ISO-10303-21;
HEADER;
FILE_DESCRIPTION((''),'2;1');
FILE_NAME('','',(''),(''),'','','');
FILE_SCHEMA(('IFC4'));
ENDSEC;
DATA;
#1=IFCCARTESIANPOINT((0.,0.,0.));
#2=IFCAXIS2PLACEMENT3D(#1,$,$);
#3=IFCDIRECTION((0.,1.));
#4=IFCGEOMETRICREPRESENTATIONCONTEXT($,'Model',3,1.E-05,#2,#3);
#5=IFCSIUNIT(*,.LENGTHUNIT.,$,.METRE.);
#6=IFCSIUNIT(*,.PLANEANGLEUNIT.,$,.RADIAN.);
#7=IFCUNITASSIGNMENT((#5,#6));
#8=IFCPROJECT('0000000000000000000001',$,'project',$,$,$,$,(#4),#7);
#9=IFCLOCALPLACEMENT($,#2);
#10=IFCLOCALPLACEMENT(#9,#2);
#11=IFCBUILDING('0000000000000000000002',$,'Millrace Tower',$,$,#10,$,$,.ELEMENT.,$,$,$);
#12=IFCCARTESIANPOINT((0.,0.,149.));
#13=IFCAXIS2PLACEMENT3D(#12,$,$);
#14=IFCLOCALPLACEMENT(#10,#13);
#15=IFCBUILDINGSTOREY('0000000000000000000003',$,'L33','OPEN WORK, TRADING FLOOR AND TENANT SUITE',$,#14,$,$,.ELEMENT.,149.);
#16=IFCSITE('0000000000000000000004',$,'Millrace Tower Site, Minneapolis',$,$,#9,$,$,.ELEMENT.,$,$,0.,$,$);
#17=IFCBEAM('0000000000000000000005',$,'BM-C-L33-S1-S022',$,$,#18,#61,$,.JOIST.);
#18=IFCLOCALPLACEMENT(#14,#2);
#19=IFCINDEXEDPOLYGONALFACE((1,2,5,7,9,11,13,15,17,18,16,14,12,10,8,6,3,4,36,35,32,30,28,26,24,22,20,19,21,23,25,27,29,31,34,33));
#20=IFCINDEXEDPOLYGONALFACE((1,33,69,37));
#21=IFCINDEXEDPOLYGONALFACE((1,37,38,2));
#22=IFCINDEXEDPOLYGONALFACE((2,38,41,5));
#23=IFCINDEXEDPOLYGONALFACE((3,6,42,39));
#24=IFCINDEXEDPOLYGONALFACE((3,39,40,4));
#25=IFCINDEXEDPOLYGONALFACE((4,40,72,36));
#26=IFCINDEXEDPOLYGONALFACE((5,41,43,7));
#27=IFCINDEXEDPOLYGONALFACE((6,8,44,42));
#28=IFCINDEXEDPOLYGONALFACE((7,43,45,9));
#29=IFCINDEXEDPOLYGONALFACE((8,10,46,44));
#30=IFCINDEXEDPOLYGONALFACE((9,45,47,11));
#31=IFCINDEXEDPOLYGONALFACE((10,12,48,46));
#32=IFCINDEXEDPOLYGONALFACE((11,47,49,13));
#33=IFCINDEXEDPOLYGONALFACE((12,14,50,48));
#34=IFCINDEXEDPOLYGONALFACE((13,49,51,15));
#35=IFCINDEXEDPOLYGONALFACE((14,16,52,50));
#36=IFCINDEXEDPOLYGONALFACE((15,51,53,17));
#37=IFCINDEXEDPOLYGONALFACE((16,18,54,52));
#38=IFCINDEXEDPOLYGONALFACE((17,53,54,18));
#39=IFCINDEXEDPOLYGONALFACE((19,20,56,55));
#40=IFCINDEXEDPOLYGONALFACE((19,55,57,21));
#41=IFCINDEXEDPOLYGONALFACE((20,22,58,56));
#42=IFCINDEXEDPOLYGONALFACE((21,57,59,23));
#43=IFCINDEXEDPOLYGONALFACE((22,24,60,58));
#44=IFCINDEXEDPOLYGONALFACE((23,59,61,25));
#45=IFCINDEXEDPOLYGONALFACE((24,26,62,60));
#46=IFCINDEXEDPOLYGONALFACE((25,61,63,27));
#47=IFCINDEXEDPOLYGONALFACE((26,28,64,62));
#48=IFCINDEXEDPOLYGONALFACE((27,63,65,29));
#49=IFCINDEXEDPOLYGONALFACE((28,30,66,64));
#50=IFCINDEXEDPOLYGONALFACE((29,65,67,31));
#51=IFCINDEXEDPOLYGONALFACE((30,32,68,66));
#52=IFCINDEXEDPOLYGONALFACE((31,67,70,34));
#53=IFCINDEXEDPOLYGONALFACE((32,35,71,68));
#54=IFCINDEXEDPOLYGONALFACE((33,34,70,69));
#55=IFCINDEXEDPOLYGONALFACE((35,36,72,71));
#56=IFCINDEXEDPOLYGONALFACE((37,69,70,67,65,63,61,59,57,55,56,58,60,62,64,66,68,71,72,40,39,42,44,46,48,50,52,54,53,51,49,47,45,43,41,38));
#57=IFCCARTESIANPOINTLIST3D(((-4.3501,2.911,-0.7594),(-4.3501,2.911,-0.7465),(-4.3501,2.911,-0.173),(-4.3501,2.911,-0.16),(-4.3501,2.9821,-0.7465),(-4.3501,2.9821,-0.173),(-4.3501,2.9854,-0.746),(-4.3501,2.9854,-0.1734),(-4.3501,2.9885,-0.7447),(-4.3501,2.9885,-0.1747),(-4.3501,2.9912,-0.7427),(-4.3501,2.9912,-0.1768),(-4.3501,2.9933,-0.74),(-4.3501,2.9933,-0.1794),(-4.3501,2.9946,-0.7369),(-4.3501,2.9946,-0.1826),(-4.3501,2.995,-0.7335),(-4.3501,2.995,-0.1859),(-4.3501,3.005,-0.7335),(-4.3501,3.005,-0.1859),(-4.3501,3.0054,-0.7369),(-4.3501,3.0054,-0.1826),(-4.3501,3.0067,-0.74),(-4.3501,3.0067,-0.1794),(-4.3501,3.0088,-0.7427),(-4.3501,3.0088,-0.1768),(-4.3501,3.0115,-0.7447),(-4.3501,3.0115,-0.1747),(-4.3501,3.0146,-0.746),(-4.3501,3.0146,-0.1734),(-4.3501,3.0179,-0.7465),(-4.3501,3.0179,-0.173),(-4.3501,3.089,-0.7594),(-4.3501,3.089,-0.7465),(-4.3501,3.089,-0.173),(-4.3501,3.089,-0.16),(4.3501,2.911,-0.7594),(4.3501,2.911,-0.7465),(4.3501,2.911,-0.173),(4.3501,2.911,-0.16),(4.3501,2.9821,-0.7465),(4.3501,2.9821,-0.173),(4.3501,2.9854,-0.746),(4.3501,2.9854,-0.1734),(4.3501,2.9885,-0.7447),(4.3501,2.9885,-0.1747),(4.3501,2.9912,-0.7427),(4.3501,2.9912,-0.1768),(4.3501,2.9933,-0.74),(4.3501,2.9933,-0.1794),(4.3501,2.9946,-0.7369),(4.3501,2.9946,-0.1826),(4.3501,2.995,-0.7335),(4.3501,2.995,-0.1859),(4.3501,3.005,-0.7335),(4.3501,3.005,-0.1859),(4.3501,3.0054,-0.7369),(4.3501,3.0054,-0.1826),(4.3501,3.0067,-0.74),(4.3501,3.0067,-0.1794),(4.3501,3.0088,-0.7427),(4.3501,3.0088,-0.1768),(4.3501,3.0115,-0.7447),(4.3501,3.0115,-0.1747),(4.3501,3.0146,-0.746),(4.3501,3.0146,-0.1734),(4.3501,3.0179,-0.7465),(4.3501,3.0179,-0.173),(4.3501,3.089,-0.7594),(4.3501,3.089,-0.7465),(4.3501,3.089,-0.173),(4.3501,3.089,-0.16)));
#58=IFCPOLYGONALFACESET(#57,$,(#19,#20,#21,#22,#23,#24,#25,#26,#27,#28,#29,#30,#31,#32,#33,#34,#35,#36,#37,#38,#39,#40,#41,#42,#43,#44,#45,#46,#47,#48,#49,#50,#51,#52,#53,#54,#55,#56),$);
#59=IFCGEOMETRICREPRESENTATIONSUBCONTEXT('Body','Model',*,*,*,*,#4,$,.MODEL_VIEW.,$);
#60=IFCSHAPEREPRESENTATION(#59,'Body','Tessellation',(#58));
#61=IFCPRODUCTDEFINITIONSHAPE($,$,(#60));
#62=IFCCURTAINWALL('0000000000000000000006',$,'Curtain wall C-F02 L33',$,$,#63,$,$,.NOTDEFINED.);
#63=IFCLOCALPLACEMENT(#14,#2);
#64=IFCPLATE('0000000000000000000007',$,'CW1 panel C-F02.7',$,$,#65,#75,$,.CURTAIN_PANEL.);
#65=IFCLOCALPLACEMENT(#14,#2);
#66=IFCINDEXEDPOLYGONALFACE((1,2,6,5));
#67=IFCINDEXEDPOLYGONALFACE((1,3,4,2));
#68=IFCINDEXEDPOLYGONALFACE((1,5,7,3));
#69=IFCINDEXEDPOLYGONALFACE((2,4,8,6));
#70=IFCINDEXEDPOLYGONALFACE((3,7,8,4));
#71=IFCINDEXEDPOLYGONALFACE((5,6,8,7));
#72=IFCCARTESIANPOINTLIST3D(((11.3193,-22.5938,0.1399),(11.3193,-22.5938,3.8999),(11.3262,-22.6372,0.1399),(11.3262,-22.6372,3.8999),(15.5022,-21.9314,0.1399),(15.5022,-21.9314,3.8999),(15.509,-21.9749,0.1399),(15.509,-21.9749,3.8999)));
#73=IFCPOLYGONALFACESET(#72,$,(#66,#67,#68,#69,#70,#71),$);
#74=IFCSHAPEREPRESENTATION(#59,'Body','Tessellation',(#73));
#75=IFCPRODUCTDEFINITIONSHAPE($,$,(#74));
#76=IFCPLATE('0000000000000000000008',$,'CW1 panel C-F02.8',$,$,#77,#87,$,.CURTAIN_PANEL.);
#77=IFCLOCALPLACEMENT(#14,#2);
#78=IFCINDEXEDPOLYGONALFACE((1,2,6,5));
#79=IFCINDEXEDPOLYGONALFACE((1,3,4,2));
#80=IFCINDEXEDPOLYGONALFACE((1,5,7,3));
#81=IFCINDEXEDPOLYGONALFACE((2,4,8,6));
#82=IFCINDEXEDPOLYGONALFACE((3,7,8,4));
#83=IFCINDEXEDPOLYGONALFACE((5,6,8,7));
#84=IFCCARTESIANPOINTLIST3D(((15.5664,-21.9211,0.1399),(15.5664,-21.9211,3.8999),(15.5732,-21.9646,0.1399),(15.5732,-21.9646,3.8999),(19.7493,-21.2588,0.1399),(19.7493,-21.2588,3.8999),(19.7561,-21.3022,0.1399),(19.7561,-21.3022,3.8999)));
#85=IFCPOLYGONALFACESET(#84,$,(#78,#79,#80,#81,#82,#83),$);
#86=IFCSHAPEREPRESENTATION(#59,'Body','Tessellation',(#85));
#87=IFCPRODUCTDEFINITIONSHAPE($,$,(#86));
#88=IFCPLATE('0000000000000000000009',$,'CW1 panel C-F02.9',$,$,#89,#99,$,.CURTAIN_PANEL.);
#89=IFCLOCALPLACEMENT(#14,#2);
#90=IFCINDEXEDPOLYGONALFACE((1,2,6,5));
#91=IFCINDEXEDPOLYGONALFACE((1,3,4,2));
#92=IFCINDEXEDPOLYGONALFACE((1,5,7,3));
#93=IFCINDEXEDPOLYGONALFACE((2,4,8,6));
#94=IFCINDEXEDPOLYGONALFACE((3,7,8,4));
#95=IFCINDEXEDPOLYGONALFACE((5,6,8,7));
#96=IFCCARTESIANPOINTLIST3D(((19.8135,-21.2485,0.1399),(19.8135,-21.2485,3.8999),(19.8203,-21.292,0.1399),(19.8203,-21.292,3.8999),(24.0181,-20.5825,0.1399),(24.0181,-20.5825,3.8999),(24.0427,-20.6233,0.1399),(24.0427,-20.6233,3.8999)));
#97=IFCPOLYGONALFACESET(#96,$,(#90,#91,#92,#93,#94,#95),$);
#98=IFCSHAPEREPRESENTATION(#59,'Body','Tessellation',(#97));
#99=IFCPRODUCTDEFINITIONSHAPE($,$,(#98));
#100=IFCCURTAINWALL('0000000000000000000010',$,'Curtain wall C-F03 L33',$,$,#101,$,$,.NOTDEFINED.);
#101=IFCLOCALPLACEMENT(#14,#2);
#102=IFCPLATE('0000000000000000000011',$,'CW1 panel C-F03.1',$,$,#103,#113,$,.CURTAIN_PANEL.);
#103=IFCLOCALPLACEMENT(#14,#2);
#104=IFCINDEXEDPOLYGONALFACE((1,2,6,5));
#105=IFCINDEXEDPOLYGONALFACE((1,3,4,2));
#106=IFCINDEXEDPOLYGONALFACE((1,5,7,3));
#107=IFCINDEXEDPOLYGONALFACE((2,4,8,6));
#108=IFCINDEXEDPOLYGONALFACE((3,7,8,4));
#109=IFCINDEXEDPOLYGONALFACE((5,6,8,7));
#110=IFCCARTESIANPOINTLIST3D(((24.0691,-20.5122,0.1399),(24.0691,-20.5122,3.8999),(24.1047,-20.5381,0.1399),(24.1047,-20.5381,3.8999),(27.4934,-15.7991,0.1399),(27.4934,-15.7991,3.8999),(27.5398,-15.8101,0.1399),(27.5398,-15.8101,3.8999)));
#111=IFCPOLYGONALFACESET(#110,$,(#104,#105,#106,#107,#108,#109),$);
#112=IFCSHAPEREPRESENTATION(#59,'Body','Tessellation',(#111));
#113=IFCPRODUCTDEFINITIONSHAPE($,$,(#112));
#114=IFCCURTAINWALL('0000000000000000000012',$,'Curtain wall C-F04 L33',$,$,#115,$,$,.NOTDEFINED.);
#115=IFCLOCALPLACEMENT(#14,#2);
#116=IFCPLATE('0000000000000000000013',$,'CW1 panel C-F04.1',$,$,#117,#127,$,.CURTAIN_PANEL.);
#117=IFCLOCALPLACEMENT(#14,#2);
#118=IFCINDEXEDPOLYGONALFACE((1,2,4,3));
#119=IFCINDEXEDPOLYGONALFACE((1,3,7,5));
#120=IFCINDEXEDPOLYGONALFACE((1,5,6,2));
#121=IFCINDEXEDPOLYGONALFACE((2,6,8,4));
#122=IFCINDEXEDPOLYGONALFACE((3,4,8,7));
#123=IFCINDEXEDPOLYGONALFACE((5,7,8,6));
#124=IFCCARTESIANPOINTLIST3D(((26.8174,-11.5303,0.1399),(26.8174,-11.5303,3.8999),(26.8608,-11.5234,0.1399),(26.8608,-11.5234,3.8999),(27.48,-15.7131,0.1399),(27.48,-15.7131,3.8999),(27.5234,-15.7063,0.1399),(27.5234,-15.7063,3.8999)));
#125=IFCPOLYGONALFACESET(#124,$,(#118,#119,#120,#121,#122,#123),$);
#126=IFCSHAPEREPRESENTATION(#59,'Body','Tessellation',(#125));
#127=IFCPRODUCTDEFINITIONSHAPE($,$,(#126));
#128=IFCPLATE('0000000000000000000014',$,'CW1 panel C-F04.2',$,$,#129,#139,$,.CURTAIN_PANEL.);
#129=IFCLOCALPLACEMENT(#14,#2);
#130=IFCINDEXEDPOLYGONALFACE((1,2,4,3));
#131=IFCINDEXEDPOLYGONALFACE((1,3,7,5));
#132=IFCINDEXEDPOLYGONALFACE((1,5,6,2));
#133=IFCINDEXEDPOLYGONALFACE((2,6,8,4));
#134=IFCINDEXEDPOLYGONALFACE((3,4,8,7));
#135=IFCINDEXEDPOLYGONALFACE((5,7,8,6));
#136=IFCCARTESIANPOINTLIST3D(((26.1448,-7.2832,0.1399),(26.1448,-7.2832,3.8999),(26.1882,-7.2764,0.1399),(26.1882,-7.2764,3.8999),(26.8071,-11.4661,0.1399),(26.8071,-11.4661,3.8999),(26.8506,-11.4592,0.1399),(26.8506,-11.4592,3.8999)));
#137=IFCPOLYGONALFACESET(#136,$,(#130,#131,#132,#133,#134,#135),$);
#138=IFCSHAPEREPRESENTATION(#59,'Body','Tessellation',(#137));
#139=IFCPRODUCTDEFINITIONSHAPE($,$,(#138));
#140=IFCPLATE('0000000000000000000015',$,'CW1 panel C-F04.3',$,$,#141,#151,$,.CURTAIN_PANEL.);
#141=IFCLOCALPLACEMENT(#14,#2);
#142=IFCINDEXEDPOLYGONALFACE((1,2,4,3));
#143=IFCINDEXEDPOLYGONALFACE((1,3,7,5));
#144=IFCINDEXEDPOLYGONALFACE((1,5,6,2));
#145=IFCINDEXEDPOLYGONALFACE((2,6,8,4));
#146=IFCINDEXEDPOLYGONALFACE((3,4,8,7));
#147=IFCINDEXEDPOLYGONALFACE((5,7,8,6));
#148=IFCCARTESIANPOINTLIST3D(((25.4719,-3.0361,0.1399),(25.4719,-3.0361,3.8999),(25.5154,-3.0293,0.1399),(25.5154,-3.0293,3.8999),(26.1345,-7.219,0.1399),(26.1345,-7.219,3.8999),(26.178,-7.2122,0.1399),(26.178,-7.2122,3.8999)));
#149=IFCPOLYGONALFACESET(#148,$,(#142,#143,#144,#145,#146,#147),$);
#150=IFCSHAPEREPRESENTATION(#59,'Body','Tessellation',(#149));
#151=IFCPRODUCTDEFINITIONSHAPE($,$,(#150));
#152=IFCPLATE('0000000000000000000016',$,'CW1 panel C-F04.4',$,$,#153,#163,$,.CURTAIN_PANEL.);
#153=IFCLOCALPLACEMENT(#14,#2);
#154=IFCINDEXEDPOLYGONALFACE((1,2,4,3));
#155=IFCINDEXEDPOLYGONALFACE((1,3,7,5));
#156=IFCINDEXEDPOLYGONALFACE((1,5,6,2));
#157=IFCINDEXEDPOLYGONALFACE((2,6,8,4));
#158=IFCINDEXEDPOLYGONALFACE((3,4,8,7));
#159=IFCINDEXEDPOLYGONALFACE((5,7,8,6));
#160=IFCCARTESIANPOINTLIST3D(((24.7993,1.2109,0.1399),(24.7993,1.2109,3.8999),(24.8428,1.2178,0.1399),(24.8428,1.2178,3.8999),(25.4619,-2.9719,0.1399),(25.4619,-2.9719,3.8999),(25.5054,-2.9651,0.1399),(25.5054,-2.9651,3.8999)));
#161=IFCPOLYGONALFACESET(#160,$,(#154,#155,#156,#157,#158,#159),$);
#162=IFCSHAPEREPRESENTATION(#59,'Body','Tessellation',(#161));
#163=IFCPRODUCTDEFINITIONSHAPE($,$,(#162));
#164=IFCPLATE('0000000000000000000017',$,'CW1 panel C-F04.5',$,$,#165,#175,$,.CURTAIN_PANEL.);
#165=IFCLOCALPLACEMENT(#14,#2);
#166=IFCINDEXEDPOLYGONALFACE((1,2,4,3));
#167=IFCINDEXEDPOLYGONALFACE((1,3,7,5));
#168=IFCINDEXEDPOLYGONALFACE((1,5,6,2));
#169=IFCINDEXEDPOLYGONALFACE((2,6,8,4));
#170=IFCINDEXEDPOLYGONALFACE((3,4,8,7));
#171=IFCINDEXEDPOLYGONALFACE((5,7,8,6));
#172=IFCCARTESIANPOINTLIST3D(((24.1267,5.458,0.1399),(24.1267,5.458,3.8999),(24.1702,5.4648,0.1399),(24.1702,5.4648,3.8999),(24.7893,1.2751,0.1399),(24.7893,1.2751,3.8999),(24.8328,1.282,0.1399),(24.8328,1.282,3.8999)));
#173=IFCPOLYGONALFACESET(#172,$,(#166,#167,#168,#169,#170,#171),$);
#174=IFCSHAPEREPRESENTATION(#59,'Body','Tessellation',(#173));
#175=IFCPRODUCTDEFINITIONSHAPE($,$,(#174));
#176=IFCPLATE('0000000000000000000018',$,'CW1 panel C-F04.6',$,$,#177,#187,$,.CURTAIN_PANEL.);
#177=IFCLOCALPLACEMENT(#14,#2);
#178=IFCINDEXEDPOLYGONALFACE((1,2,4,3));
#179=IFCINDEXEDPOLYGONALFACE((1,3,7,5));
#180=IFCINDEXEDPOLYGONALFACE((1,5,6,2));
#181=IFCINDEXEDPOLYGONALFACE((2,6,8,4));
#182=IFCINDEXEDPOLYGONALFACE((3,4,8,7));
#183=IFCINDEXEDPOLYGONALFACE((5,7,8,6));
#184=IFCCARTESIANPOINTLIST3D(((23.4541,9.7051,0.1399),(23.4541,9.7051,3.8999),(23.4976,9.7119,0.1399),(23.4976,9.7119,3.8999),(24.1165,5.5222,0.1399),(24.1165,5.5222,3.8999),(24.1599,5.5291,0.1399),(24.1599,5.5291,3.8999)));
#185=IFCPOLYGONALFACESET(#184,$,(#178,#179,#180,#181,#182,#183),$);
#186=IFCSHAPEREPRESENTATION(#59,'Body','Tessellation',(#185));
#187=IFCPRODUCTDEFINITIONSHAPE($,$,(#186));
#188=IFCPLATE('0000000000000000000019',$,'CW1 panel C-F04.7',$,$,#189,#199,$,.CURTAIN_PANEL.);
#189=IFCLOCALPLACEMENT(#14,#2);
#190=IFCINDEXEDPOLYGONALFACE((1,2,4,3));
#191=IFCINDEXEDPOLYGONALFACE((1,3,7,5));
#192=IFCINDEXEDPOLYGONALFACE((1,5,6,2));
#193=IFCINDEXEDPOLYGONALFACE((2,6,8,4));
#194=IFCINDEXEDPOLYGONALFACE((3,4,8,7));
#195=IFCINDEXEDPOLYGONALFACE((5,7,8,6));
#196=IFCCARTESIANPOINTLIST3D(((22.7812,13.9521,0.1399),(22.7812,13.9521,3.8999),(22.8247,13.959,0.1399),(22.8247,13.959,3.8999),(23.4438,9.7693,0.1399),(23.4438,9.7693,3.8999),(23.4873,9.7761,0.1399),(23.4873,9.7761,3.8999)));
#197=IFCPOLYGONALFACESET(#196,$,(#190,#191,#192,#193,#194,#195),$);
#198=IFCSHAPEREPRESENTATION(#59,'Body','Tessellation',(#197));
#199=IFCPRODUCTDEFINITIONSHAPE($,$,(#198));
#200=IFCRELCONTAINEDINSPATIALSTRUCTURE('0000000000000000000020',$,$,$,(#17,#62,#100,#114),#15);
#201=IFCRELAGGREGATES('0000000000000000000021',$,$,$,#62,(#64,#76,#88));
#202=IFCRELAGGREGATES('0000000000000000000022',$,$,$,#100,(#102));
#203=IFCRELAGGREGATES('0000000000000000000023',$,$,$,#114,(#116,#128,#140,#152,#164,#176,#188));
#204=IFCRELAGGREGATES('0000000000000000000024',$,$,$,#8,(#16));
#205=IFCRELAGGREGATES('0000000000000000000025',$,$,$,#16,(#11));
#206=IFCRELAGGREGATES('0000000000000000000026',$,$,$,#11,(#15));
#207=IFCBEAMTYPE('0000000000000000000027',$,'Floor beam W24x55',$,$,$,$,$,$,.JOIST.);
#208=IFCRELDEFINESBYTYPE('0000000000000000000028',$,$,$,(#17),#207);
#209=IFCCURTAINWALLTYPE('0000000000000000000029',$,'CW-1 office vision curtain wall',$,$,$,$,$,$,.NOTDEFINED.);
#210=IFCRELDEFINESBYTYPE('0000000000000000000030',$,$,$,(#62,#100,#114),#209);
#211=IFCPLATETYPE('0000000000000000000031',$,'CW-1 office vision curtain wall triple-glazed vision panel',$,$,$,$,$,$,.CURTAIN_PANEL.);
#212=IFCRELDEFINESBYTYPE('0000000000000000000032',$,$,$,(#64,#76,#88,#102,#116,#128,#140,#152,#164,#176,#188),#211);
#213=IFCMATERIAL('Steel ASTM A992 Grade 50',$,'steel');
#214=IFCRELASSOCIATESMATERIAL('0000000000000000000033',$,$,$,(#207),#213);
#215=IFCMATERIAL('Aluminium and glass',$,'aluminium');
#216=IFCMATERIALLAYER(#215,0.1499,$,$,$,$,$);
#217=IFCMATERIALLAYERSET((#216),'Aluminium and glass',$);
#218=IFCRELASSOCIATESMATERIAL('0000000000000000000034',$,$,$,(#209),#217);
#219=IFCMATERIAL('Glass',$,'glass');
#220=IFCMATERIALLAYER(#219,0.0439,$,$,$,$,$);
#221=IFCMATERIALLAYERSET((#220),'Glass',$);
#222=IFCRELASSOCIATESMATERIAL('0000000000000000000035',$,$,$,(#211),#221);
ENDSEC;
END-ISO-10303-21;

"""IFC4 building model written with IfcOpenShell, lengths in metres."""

from ifc_helpers import new_model, si_unit, direction, frame, origin, origin_2d, place, context, subcontext, project, spatial, polyline, i_section, outline, extrude, material, layer, layer_set, material_profile, profile_set, type_object, element, aggregate, save


model = new_model("IFC4")

# Units and contexts
model_context = context("Model", 3, precision=1e-05, world=origin(), true_north=direction((0.0, 1.0)))
body_context = subcontext(model_context, "Body", "Model", "MODEL_VIEW")
ifc_project = project(units=[si_unit("LENGTHUNIT", "METRE"), si_unit("PLANEANGLEUNIT", "RADIAN")], contexts=[model_context])

# Site, building, storey
site_placement = place(None, origin())
site = spatial("IfcSite", under=ifc_project, at=site_placement, Name="Millrace Tower Site, Minneapolis", CompositionType="ELEMENT", RefElevation=0.0)
building_placement = place(site_placement, origin())
building = spatial("IfcBuilding", under=site, at=building_placement, Name="Millrace Tower", CompositionType="ELEMENT")
storey_placement = place(building_placement, frame((0.0, 0.0, 149.0)))
storey = spatial("IfcBuildingStorey", under=building, at=storey_placement, Name="L33", Description="OPEN WORK, TRADING FLOOR AND TENANT SUITE", CompositionType="ELEMENT", Elevation=149.0)

# Beam
ifc_material_1 = material(Name="Steel ASTM A992 Grade 50", Category="steel")
ifc_material_profile = material_profile(ifc_material_1, i_section(OverallWidth=0.178, OverallDepth=0.5994, WebThickness=0.01, FlangeThickness=0.0129, FilletRadius=0.0129, at=origin_2d()))
ifc_profile_set = profile_set([ifc_material_profile], Name="Steel ASTM A992 Grade 50")
beam_type = type_object("IfcBeamType", Name="Floor beam W24x55", PredefinedType="JOIST", material=ifc_profile_set)
beam_placement = place(storey_placement, frame((-4.3501, 3.0, -0.4597), z_axis=(1.0, 0.0, 0.0), x_axis=(0.0, 1.0, 0.0)))
element("IfcBeam", 1, at=beam_placement, inside=storey, type_object=beam_type, Name="BM-C-L33-S1-S022", PredefinedType="JOIST", context=body_context, shape_type="SweptSolid", body=[
    extrude(i_section(OverallWidth=0.178, OverallDepth=0.5994, WebThickness=0.01, FlangeThickness=0.0129, FilletRadius=0.0129, at=origin_2d()), origin(), (0.0, 0.0, 1.0), 8.7002),
])

# Curtain wall, plates
ifc_material_2 = material(Name="Aluminium and glass", Category="aluminium")
ifc_layer_1 = layer(ifc_material_2, 0.1499)
ifc_layer_set_1 = layer_set([ifc_layer_1], Name="Aluminium and glass")
curtain_wall_type = type_object("IfcCurtainWallType", Name="CW-1 office vision curtain wall", PredefinedType="NOTDEFINED", material=ifc_layer_set_1)
placement_1 = place(storey_placement, origin())
curtain_wall_1 = element("IfcCurtainWall", 2, at=placement_1, inside=storey, type_object=curtain_wall_type, Name="Curtain wall C-F02 L33", PredefinedType="NOTDEFINED")
ifc_material_3 = material(Name="Glass", Category="glass")
ifc_layer_2 = layer(ifc_material_3, 0.0439)
ifc_layer_set_2 = layer_set([ifc_layer_2], Name="Glass")
plate_type = type_object("IfcPlateType", Name="CW-1 office vision curtain wall triple-glazed vision panel", PredefinedType="CURTAIN_PANEL", material=ifc_layer_set_2)
placement_2 = place(storey_placement, frame((0.0, 0.0, 0.1399)))
plate_1 = element("IfcPlate", 3, at=placement_2, type_object=plate_type, Name="CW1 panel C-F02.7", PredefinedType="CURTAIN_PANEL", context=body_context, shape_type="SweptSolid", body=[
    extrude(outline(polyline([(11.3262, -22.6372), (15.509, -21.9749), (15.5022, -21.9314), (11.3193, -22.5938), (11.3262, -22.6372)])), origin(), (0.0, 0.0, 1.0), 3.76),
])
plate_2 = element("IfcPlate", 4, at=placement_2, type_object=plate_type, Name="CW1 panel C-F02.8", PredefinedType="CURTAIN_PANEL", context=body_context, shape_type="SweptSolid", body=[
    extrude(outline(polyline([(15.5732, -21.9646), (19.7561, -21.3022), (19.7493, -21.2588), (15.5664, -21.9211), (15.5732, -21.9646)])), origin(), (0.0, 0.0, 1.0), 3.76),
])
plate_3 = element("IfcPlate", 5, at=placement_2, type_object=plate_type, Name="CW1 panel C-F02.9", PredefinedType="CURTAIN_PANEL", context=body_context, shape_type="SweptSolid", body=[
    extrude(outline(polyline([(19.8203, -21.292), (24.0427, -20.6233), (24.0181, -20.5825), (19.8135, -21.2485), (19.8203, -21.292)])), origin(), (0.0, 0.0, 1.0), 3.76),
])
aggregate(curtain_wall_1, [plate_1, plate_2, plate_3])

# Curtain wall, plate
curtain_wall_2 = element("IfcCurtainWall", 6, at=placement_1, inside=storey, type_object=curtain_wall_type, Name="Curtain wall C-F03 L33", PredefinedType="NOTDEFINED")
plate_4 = element("IfcPlate", 7, at=placement_2, type_object=plate_type, Name="CW1 panel C-F03.1", PredefinedType="CURTAIN_PANEL", context=body_context, shape_type="SweptSolid", body=[
    extrude(outline(polyline([(24.1047, -20.5381), (27.5398, -15.8101), (27.4934, -15.7991), (24.0691, -20.5122), (24.1047, -20.5381)])), origin(), (0.0, 0.0, 1.0), 3.76),
])
aggregate(curtain_wall_2, [plate_4])

# Curtain wall, plates
curtain_wall_3 = element("IfcCurtainWall", 8, at=placement_1, inside=storey, type_object=curtain_wall_type, Name="Curtain wall C-F04 L33", PredefinedType="NOTDEFINED")
plate_5 = element("IfcPlate", 9, at=placement_2, type_object=plate_type, Name="CW1 panel C-F04.1", PredefinedType="CURTAIN_PANEL", context=body_context, shape_type="SweptSolid", body=[
    extrude(outline(polyline([(27.5234, -15.7063), (26.8608, -11.5234), (26.8174, -11.5303), (27.48, -15.7131), (27.5234, -15.7063)])), origin(), (0.0, 0.0, 1.0), 3.76),
])
plate_6 = element("IfcPlate", 10, at=placement_2, type_object=plate_type, Name="CW1 panel C-F04.2", PredefinedType="CURTAIN_PANEL", context=body_context, shape_type="SweptSolid", body=[
    extrude(outline(polyline([(26.8506, -11.4592), (26.1882, -7.2764), (26.1448, -7.2832), (26.8071, -11.4661), (26.8506, -11.4592)])), origin(), (0.0, 0.0, 1.0), 3.76),
])
plate_7 = element("IfcPlate", 11, at=placement_2, type_object=plate_type, Name="CW1 panel C-F04.3", PredefinedType="CURTAIN_PANEL", context=body_context, shape_type="SweptSolid", body=[
    extrude(outline(polyline([(26.178, -7.2122), (25.5154, -3.0293), (25.4719, -3.0361), (26.1345, -7.219), (26.178, -7.2122)])), origin(), (0.0, 0.0, 1.0), 3.76),
])
plate_8 = element("IfcPlate", 12, at=placement_2, type_object=plate_type, Name="CW1 panel C-F04.4", PredefinedType="CURTAIN_PANEL", context=body_context, shape_type="SweptSolid", body=[
    extrude(outline(polyline([(25.5054, -2.9651), (24.8428, 1.2178), (24.7993, 1.2109), (25.4619, -2.9719), (25.5054, -2.9651)])), origin(), (0.0, 0.0, 1.0), 3.76),
])
plate_9 = element("IfcPlate", 13, at=placement_2, type_object=plate_type, Name="CW1 panel C-F04.5", PredefinedType="CURTAIN_PANEL", context=body_context, shape_type="SweptSolid", body=[
    extrude(outline(polyline([(24.8328, 1.282), (24.1702, 5.4648), (24.1267, 5.458), (24.7893, 1.2751), (24.8328, 1.282)])), origin(), (0.0, 0.0, 1.0), 3.76),
])
plate_10 = element("IfcPlate", 14, at=placement_2, type_object=plate_type, Name="CW1 panel C-F04.6", PredefinedType="CURTAIN_PANEL", context=body_context, shape_type="SweptSolid", body=[
    extrude(outline(polyline([(24.1599, 5.5291), (23.4976, 9.7119), (23.4541, 9.7051), (24.1165, 5.5222), (24.1599, 5.5291)])), origin(), (0.0, 0.0, 1.0), 3.76),
])
plate_11 = element("IfcPlate", 15, at=placement_2, type_object=plate_type, Name="CW1 panel C-F04.7", PredefinedType="CURTAIN_PANEL", context=body_context, shape_type="SweptSolid", body=[
    extrude(outline(polyline([(23.4873, 9.7761), (22.8247, 13.959), (22.7812, 13.9521), (23.4438, 9.7693), (23.4873, 9.7761)])), origin(), (0.0, 0.0, 1.0), 3.76),
])
aggregate(curtain_wall_3, [plate_5, plate_6, plate_7, plate_8, plate_9, plate_10, plate_11])

save(model, "model.ifc")
